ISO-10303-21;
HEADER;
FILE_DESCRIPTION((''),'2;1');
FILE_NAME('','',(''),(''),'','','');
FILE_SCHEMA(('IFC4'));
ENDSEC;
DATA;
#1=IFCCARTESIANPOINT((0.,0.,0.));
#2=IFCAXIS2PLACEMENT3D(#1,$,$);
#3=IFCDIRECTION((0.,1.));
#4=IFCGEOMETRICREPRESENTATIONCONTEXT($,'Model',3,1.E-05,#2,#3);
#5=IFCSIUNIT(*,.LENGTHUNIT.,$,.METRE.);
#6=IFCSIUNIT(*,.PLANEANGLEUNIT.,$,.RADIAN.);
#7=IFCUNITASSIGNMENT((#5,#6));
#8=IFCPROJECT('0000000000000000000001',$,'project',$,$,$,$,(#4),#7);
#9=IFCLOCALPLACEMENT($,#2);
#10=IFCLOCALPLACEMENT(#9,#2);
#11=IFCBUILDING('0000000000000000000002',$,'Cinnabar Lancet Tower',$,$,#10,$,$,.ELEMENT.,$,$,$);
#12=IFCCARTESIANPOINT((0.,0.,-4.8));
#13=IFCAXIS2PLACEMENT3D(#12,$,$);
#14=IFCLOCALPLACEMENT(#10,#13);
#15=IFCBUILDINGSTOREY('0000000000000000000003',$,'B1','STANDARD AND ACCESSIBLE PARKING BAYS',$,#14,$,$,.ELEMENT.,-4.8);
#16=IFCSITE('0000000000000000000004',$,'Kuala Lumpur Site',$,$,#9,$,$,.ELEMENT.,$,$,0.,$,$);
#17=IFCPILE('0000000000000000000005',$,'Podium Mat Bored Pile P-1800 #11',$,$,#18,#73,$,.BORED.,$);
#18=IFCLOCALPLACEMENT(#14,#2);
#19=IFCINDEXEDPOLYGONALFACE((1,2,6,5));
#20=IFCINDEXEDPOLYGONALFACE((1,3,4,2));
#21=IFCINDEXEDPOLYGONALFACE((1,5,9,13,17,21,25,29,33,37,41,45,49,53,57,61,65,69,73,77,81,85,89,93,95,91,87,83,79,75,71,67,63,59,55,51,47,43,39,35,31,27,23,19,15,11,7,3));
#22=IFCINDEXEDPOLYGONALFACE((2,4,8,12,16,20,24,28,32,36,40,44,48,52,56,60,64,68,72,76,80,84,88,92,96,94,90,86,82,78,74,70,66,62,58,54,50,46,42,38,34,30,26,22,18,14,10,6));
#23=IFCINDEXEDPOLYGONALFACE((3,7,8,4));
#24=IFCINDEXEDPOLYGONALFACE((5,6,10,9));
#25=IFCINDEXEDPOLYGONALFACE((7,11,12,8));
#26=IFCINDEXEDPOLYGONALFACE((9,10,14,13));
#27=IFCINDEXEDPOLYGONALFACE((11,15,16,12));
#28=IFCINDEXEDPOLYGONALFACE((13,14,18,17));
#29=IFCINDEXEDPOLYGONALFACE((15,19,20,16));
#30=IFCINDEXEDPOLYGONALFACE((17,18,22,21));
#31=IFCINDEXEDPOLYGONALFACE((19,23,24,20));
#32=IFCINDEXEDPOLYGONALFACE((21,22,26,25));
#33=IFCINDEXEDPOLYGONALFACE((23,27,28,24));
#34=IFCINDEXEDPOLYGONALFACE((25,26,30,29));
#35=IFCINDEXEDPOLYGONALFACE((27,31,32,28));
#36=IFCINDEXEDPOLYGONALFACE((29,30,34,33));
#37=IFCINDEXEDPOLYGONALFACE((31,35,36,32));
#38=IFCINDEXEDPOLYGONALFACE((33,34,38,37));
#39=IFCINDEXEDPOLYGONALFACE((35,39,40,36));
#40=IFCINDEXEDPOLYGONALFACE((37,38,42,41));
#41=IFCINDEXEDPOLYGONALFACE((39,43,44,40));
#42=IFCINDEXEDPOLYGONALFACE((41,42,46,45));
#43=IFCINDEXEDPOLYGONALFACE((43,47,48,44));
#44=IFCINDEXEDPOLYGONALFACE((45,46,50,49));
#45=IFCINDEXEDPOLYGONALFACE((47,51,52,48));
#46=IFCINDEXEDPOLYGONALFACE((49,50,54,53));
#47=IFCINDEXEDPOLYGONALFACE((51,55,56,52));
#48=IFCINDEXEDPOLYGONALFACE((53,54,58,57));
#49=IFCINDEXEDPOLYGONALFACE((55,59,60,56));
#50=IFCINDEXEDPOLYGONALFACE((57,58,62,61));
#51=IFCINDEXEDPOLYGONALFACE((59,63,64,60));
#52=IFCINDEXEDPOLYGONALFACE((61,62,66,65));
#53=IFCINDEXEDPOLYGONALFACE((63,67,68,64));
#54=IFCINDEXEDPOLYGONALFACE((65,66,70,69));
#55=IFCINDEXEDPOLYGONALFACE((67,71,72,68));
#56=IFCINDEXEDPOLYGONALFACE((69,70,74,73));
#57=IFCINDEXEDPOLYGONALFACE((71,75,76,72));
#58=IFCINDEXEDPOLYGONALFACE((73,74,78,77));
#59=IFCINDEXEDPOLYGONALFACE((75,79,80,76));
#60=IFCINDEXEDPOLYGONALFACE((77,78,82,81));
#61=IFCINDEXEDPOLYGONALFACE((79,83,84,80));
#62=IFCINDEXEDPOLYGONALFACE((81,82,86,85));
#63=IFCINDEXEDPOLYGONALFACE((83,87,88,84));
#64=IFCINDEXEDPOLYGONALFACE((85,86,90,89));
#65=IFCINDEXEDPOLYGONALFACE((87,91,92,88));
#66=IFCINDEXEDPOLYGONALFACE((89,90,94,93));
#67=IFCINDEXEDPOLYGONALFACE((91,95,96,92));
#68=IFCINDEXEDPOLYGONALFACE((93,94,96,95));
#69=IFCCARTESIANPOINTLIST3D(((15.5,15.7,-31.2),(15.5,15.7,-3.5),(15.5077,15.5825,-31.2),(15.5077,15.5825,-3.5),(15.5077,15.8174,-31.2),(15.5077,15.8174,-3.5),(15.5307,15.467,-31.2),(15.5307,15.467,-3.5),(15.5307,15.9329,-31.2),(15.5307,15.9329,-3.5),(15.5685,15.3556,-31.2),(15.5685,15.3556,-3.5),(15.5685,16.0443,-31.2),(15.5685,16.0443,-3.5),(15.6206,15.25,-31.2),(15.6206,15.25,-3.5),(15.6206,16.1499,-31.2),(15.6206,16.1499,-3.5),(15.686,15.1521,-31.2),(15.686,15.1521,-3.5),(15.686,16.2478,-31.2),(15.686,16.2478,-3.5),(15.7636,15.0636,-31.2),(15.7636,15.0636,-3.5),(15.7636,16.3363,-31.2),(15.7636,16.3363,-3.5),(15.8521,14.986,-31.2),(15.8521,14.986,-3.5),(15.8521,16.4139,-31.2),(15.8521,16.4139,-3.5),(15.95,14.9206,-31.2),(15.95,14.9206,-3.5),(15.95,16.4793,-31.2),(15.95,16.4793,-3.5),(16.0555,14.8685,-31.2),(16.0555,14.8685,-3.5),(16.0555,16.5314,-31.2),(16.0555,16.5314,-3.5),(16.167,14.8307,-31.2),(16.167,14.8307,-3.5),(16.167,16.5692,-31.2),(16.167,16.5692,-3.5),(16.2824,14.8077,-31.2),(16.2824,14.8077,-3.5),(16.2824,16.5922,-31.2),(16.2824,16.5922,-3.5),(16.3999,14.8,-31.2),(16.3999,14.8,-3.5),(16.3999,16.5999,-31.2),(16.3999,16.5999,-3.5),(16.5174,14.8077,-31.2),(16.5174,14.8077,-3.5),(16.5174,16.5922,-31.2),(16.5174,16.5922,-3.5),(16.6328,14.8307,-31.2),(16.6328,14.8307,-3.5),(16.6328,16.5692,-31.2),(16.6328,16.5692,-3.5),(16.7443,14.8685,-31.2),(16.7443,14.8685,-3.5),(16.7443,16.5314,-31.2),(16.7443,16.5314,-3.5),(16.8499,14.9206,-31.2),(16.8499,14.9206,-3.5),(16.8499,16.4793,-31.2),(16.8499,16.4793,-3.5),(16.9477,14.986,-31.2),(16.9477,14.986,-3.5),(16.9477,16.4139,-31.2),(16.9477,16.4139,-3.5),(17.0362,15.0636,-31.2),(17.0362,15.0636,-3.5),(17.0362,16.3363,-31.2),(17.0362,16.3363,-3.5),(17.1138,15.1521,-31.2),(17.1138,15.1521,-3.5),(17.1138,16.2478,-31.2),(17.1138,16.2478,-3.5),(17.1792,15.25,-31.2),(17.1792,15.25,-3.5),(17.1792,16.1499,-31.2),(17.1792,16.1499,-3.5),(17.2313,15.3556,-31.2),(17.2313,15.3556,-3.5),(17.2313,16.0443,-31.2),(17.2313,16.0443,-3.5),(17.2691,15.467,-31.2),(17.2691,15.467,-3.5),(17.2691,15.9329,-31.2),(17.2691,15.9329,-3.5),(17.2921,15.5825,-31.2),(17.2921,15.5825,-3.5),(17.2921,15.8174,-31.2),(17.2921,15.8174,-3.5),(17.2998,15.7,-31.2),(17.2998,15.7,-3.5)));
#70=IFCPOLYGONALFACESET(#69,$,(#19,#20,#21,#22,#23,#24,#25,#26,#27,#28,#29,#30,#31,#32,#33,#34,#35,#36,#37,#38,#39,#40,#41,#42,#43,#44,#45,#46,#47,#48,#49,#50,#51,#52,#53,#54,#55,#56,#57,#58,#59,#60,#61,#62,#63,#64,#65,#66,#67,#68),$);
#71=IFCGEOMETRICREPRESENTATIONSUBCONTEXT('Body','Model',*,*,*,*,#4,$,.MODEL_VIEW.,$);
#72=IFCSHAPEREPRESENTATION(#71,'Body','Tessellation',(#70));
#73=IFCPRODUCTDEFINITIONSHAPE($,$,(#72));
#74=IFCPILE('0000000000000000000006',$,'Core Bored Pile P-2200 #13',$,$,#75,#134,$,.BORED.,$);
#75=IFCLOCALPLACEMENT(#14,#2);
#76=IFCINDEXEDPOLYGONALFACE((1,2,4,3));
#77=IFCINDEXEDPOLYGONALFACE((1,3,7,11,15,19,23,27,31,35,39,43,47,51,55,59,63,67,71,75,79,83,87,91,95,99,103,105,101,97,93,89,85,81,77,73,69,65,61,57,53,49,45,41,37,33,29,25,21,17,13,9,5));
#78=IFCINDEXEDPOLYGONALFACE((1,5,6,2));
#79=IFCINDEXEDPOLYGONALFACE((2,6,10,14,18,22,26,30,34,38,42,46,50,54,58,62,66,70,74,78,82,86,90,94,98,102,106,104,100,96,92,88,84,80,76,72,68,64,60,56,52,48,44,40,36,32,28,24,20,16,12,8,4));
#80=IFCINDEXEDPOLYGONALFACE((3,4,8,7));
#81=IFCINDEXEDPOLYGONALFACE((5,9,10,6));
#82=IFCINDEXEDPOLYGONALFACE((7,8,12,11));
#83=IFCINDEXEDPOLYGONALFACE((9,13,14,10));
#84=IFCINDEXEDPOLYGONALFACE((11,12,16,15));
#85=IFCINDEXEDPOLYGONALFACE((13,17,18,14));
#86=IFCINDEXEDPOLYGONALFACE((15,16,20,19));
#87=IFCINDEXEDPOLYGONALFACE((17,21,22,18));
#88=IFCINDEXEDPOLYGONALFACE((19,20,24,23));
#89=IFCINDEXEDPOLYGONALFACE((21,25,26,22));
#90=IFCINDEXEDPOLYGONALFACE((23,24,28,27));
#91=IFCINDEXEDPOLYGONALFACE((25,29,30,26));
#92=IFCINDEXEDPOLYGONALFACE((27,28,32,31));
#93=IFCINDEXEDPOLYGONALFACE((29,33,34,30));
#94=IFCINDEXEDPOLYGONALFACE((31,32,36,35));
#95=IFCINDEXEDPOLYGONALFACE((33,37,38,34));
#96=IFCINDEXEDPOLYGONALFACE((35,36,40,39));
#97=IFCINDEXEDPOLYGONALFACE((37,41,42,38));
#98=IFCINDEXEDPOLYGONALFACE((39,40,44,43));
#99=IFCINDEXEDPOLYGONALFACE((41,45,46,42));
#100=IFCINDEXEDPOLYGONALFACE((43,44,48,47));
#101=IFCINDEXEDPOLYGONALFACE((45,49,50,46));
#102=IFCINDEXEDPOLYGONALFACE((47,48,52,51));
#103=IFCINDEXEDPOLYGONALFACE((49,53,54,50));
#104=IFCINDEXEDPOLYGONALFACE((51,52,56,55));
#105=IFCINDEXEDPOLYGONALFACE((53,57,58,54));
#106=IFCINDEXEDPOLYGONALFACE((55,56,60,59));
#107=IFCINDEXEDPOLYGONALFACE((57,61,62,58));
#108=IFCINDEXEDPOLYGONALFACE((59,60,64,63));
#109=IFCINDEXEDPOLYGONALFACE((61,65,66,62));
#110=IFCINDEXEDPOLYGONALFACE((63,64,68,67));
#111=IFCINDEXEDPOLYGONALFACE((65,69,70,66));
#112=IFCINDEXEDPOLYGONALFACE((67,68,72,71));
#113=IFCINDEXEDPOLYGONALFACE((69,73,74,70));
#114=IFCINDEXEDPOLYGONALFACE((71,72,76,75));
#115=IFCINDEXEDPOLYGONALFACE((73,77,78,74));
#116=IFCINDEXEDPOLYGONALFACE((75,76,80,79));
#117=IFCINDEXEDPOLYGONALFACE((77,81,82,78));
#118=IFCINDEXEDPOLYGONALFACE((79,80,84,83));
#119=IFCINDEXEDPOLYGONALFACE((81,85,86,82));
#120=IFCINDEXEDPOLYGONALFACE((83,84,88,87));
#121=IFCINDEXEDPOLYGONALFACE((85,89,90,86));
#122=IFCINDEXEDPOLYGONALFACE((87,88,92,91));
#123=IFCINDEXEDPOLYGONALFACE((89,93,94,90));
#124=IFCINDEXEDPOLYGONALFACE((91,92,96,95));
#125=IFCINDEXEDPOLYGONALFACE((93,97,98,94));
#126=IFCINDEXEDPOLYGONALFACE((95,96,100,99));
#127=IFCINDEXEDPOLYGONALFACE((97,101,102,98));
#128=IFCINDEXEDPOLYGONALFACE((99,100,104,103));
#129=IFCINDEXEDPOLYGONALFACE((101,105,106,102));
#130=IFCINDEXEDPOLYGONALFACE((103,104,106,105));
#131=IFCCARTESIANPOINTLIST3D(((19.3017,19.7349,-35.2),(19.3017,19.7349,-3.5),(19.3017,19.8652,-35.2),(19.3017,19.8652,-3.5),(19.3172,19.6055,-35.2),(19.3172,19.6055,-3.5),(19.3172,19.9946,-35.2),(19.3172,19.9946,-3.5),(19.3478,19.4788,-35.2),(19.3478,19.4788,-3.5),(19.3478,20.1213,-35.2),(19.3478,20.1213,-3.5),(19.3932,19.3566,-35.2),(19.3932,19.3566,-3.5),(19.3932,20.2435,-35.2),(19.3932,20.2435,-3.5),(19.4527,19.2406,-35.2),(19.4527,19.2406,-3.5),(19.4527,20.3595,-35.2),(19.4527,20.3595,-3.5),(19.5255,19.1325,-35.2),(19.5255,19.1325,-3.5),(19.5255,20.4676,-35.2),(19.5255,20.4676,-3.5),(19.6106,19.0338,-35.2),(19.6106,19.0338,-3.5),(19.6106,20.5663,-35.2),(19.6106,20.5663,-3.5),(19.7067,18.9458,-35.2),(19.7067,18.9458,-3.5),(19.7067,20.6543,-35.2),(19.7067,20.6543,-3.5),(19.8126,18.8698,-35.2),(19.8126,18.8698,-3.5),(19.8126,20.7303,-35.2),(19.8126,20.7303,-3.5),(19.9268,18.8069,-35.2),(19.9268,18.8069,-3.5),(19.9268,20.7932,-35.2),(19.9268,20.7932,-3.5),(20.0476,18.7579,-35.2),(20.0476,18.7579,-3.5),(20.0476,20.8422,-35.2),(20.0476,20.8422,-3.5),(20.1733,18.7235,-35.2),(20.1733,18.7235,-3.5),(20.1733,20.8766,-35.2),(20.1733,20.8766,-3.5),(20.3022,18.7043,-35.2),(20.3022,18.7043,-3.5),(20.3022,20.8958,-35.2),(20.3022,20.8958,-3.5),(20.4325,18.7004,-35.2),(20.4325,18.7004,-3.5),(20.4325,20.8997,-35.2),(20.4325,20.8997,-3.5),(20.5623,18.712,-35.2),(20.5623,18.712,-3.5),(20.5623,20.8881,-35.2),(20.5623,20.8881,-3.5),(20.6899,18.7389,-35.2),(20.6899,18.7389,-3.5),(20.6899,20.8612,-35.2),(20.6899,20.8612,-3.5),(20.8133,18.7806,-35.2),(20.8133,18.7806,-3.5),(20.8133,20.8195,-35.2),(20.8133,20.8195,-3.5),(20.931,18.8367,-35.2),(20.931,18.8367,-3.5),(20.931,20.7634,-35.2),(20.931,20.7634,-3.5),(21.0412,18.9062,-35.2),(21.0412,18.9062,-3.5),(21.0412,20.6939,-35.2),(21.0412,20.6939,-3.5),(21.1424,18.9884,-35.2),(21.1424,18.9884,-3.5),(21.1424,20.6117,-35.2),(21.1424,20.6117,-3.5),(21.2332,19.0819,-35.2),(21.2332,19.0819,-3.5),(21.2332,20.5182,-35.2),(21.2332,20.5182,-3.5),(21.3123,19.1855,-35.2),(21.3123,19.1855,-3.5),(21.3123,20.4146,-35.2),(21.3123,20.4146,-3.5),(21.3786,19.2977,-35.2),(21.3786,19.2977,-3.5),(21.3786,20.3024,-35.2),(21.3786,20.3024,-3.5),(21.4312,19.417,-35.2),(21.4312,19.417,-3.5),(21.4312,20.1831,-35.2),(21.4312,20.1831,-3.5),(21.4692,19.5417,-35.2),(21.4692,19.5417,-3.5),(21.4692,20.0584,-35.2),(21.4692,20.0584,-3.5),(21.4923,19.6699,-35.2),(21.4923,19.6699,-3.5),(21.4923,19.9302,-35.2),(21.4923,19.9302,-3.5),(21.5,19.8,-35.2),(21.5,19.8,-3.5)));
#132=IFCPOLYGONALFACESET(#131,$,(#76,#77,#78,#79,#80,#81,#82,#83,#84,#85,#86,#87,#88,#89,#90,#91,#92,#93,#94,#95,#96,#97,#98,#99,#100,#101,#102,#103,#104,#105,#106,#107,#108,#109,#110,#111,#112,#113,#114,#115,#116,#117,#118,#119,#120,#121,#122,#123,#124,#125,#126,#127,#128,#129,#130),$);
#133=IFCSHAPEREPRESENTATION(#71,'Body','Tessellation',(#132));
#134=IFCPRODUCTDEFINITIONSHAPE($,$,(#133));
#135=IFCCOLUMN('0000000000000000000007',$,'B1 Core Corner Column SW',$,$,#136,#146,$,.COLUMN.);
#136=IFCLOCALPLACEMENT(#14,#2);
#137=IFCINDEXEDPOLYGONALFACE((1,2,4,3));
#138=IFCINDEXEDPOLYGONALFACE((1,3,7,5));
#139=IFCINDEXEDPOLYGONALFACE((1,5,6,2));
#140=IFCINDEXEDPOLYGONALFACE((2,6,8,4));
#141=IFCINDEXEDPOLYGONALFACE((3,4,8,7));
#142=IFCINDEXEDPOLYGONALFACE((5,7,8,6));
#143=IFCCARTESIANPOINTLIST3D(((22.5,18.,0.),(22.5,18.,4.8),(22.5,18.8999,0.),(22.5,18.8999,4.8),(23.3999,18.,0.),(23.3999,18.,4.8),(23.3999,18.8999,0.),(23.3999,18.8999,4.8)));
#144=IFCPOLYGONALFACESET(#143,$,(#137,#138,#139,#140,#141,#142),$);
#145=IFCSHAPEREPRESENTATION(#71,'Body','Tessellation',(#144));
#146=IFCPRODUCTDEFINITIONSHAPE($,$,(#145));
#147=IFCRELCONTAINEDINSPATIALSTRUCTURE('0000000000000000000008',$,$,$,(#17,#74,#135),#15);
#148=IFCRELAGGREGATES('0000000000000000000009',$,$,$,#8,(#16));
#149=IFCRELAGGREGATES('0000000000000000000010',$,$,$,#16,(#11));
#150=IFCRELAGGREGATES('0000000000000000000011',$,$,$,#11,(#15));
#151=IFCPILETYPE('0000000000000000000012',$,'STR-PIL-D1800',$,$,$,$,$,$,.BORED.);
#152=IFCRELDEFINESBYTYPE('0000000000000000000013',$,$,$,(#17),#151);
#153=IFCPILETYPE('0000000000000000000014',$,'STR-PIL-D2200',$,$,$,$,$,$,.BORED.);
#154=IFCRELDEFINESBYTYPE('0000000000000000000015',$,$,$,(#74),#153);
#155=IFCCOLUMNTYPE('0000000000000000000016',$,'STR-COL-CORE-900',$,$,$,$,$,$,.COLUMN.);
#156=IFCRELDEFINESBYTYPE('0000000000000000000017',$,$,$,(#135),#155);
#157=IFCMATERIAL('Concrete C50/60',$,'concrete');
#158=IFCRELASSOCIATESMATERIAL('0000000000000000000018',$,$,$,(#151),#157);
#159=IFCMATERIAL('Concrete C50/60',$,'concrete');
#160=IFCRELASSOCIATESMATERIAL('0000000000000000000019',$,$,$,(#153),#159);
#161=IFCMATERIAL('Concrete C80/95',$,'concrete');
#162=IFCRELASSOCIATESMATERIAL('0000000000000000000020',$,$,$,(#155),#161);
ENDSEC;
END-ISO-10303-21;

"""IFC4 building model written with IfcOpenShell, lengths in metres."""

from ifc_helpers import new_model, si_unit, direction, frame, origin, origin_2d, place, context, subcontext, project, spatial, rectangle, circle, extrude, material, material_profile, profile_set, type_object, element, save


model = new_model("IFC4")

# Units and contexts
model_context = context("Model", 3, precision=1e-05, world=origin(), true_north=direction((0.0, 1.0)))
body_context = subcontext(model_context, "Body", "Model", "MODEL_VIEW")
ifc_project = project(units=[si_unit("LENGTHUNIT", "METRE"), si_unit("PLANEANGLEUNIT", "RADIAN")], contexts=[model_context])

# Site, building, storey
site_placement = place(None, origin())
site = spatial("IfcSite", under=ifc_project, at=site_placement, Name="Kuala Lumpur Site", CompositionType="ELEMENT", RefElevation=0.0)
building_placement = place(site_placement, origin())
building = spatial("IfcBuilding", under=site, at=building_placement, Name="Cinnabar Lancet Tower", CompositionType="ELEMENT")
storey_placement = place(building_placement, frame((0.0, 0.0, -4.8)))
storey = spatial("IfcBuildingStorey", under=building, at=storey_placement, Name="B1", Description="STANDARD AND ACCESSIBLE PARKING BAYS", CompositionType="ELEMENT", Elevation=-4.8)

# Piles
ifc_material_1 = material(Name="Concrete C50/60", Category="concrete")
ifc_material_profile_1 = material_profile(ifc_material_1, circle(Radius=0.8999, at=origin_2d()), Name="PILE D1800")
ifc_profile_set_1 = profile_set([ifc_material_profile_1], Name="Concrete C50/60")
pile_type_1 = type_object("IfcPileType", Name="STR-PIL-D1800", PredefinedType="BORED", material=ifc_profile_set_1)
pile_1_placement = place(storey_placement, frame((16.3999, 15.7, -3.5), z_axis=(0.0, 0.0, -1.0), x_axis=(1.0, 0.0, 0.0)))
element("IfcPile", 1, at=pile_1_placement, inside=storey, type_object=pile_type_1, Name="Podium Mat Bored Pile P-1800 #11", PredefinedType="BORED", context=body_context, shape_type="SweptSolid", body=[
    extrude(circle(Radius=0.8999, at=origin_2d()), origin(), (0.0, 0.0, 1.0), 27.7),
])
ifc_material_2 = material(Name="Concrete C50/60", Category="concrete")
ifc_material_profile_2 = material_profile(ifc_material_2, circle(Radius=1.1001, at=origin_2d()), Name="PILE D2200")
ifc_profile_set_2 = profile_set([ifc_material_profile_2], Name="Concrete C50/60")
pile_type_2 = type_object("IfcPileType", Name="STR-PIL-D2200", PredefinedType="BORED", material=ifc_profile_set_2)
pile_2_placement = place(storey_placement, frame((20.3999, 19.8, -3.5), z_axis=(0.0, 0.0, -1.0), x_axis=(1.0, 0.0, 0.0)))
element("IfcPile", 2, at=pile_2_placement, inside=storey, type_object=pile_type_2, Name="Core Bored Pile P-2200 #13", PredefinedType="BORED", context=body_context, shape_type="SweptSolid", body=[
    extrude(circle(Radius=1.1001, at=origin_2d()), origin(), (0.0, 0.0, 1.0), 31.7),
])

# Column
ifc_material_3 = material(Name="Concrete C80/95", Category="concrete")
ifc_material_profile_3 = material_profile(ifc_material_3, rectangle(XDim=0.8999, YDim=0.8999, at=origin_2d()), Name="RC-COL 900x900")
ifc_profile_set_3 = profile_set([ifc_material_profile_3], Name="Concrete C80/95")
column_type = type_object("IfcColumnType", Name="STR-COL-CORE-900", PredefinedType="COLUMN", material=ifc_profile_set_3)
column_placement = place(storey_placement, frame((22.95, 18.45, 0.0), z_axis=(0.0, 0.0, 1.0), x_axis=(1.0, 0.0, 0.0)))
element("IfcColumn", 3, at=column_placement, inside=storey, type_object=column_type, Name="B1 Core Corner Column SW", PredefinedType="COLUMN", context=body_context, shape_type="SweptSolid", body=[
    extrude(rectangle(XDim=0.8999, YDim=0.8999, at=origin_2d()), origin(), (0.0, 0.0, 1.0), 4.8),
])

save(model, "model.ifc")
